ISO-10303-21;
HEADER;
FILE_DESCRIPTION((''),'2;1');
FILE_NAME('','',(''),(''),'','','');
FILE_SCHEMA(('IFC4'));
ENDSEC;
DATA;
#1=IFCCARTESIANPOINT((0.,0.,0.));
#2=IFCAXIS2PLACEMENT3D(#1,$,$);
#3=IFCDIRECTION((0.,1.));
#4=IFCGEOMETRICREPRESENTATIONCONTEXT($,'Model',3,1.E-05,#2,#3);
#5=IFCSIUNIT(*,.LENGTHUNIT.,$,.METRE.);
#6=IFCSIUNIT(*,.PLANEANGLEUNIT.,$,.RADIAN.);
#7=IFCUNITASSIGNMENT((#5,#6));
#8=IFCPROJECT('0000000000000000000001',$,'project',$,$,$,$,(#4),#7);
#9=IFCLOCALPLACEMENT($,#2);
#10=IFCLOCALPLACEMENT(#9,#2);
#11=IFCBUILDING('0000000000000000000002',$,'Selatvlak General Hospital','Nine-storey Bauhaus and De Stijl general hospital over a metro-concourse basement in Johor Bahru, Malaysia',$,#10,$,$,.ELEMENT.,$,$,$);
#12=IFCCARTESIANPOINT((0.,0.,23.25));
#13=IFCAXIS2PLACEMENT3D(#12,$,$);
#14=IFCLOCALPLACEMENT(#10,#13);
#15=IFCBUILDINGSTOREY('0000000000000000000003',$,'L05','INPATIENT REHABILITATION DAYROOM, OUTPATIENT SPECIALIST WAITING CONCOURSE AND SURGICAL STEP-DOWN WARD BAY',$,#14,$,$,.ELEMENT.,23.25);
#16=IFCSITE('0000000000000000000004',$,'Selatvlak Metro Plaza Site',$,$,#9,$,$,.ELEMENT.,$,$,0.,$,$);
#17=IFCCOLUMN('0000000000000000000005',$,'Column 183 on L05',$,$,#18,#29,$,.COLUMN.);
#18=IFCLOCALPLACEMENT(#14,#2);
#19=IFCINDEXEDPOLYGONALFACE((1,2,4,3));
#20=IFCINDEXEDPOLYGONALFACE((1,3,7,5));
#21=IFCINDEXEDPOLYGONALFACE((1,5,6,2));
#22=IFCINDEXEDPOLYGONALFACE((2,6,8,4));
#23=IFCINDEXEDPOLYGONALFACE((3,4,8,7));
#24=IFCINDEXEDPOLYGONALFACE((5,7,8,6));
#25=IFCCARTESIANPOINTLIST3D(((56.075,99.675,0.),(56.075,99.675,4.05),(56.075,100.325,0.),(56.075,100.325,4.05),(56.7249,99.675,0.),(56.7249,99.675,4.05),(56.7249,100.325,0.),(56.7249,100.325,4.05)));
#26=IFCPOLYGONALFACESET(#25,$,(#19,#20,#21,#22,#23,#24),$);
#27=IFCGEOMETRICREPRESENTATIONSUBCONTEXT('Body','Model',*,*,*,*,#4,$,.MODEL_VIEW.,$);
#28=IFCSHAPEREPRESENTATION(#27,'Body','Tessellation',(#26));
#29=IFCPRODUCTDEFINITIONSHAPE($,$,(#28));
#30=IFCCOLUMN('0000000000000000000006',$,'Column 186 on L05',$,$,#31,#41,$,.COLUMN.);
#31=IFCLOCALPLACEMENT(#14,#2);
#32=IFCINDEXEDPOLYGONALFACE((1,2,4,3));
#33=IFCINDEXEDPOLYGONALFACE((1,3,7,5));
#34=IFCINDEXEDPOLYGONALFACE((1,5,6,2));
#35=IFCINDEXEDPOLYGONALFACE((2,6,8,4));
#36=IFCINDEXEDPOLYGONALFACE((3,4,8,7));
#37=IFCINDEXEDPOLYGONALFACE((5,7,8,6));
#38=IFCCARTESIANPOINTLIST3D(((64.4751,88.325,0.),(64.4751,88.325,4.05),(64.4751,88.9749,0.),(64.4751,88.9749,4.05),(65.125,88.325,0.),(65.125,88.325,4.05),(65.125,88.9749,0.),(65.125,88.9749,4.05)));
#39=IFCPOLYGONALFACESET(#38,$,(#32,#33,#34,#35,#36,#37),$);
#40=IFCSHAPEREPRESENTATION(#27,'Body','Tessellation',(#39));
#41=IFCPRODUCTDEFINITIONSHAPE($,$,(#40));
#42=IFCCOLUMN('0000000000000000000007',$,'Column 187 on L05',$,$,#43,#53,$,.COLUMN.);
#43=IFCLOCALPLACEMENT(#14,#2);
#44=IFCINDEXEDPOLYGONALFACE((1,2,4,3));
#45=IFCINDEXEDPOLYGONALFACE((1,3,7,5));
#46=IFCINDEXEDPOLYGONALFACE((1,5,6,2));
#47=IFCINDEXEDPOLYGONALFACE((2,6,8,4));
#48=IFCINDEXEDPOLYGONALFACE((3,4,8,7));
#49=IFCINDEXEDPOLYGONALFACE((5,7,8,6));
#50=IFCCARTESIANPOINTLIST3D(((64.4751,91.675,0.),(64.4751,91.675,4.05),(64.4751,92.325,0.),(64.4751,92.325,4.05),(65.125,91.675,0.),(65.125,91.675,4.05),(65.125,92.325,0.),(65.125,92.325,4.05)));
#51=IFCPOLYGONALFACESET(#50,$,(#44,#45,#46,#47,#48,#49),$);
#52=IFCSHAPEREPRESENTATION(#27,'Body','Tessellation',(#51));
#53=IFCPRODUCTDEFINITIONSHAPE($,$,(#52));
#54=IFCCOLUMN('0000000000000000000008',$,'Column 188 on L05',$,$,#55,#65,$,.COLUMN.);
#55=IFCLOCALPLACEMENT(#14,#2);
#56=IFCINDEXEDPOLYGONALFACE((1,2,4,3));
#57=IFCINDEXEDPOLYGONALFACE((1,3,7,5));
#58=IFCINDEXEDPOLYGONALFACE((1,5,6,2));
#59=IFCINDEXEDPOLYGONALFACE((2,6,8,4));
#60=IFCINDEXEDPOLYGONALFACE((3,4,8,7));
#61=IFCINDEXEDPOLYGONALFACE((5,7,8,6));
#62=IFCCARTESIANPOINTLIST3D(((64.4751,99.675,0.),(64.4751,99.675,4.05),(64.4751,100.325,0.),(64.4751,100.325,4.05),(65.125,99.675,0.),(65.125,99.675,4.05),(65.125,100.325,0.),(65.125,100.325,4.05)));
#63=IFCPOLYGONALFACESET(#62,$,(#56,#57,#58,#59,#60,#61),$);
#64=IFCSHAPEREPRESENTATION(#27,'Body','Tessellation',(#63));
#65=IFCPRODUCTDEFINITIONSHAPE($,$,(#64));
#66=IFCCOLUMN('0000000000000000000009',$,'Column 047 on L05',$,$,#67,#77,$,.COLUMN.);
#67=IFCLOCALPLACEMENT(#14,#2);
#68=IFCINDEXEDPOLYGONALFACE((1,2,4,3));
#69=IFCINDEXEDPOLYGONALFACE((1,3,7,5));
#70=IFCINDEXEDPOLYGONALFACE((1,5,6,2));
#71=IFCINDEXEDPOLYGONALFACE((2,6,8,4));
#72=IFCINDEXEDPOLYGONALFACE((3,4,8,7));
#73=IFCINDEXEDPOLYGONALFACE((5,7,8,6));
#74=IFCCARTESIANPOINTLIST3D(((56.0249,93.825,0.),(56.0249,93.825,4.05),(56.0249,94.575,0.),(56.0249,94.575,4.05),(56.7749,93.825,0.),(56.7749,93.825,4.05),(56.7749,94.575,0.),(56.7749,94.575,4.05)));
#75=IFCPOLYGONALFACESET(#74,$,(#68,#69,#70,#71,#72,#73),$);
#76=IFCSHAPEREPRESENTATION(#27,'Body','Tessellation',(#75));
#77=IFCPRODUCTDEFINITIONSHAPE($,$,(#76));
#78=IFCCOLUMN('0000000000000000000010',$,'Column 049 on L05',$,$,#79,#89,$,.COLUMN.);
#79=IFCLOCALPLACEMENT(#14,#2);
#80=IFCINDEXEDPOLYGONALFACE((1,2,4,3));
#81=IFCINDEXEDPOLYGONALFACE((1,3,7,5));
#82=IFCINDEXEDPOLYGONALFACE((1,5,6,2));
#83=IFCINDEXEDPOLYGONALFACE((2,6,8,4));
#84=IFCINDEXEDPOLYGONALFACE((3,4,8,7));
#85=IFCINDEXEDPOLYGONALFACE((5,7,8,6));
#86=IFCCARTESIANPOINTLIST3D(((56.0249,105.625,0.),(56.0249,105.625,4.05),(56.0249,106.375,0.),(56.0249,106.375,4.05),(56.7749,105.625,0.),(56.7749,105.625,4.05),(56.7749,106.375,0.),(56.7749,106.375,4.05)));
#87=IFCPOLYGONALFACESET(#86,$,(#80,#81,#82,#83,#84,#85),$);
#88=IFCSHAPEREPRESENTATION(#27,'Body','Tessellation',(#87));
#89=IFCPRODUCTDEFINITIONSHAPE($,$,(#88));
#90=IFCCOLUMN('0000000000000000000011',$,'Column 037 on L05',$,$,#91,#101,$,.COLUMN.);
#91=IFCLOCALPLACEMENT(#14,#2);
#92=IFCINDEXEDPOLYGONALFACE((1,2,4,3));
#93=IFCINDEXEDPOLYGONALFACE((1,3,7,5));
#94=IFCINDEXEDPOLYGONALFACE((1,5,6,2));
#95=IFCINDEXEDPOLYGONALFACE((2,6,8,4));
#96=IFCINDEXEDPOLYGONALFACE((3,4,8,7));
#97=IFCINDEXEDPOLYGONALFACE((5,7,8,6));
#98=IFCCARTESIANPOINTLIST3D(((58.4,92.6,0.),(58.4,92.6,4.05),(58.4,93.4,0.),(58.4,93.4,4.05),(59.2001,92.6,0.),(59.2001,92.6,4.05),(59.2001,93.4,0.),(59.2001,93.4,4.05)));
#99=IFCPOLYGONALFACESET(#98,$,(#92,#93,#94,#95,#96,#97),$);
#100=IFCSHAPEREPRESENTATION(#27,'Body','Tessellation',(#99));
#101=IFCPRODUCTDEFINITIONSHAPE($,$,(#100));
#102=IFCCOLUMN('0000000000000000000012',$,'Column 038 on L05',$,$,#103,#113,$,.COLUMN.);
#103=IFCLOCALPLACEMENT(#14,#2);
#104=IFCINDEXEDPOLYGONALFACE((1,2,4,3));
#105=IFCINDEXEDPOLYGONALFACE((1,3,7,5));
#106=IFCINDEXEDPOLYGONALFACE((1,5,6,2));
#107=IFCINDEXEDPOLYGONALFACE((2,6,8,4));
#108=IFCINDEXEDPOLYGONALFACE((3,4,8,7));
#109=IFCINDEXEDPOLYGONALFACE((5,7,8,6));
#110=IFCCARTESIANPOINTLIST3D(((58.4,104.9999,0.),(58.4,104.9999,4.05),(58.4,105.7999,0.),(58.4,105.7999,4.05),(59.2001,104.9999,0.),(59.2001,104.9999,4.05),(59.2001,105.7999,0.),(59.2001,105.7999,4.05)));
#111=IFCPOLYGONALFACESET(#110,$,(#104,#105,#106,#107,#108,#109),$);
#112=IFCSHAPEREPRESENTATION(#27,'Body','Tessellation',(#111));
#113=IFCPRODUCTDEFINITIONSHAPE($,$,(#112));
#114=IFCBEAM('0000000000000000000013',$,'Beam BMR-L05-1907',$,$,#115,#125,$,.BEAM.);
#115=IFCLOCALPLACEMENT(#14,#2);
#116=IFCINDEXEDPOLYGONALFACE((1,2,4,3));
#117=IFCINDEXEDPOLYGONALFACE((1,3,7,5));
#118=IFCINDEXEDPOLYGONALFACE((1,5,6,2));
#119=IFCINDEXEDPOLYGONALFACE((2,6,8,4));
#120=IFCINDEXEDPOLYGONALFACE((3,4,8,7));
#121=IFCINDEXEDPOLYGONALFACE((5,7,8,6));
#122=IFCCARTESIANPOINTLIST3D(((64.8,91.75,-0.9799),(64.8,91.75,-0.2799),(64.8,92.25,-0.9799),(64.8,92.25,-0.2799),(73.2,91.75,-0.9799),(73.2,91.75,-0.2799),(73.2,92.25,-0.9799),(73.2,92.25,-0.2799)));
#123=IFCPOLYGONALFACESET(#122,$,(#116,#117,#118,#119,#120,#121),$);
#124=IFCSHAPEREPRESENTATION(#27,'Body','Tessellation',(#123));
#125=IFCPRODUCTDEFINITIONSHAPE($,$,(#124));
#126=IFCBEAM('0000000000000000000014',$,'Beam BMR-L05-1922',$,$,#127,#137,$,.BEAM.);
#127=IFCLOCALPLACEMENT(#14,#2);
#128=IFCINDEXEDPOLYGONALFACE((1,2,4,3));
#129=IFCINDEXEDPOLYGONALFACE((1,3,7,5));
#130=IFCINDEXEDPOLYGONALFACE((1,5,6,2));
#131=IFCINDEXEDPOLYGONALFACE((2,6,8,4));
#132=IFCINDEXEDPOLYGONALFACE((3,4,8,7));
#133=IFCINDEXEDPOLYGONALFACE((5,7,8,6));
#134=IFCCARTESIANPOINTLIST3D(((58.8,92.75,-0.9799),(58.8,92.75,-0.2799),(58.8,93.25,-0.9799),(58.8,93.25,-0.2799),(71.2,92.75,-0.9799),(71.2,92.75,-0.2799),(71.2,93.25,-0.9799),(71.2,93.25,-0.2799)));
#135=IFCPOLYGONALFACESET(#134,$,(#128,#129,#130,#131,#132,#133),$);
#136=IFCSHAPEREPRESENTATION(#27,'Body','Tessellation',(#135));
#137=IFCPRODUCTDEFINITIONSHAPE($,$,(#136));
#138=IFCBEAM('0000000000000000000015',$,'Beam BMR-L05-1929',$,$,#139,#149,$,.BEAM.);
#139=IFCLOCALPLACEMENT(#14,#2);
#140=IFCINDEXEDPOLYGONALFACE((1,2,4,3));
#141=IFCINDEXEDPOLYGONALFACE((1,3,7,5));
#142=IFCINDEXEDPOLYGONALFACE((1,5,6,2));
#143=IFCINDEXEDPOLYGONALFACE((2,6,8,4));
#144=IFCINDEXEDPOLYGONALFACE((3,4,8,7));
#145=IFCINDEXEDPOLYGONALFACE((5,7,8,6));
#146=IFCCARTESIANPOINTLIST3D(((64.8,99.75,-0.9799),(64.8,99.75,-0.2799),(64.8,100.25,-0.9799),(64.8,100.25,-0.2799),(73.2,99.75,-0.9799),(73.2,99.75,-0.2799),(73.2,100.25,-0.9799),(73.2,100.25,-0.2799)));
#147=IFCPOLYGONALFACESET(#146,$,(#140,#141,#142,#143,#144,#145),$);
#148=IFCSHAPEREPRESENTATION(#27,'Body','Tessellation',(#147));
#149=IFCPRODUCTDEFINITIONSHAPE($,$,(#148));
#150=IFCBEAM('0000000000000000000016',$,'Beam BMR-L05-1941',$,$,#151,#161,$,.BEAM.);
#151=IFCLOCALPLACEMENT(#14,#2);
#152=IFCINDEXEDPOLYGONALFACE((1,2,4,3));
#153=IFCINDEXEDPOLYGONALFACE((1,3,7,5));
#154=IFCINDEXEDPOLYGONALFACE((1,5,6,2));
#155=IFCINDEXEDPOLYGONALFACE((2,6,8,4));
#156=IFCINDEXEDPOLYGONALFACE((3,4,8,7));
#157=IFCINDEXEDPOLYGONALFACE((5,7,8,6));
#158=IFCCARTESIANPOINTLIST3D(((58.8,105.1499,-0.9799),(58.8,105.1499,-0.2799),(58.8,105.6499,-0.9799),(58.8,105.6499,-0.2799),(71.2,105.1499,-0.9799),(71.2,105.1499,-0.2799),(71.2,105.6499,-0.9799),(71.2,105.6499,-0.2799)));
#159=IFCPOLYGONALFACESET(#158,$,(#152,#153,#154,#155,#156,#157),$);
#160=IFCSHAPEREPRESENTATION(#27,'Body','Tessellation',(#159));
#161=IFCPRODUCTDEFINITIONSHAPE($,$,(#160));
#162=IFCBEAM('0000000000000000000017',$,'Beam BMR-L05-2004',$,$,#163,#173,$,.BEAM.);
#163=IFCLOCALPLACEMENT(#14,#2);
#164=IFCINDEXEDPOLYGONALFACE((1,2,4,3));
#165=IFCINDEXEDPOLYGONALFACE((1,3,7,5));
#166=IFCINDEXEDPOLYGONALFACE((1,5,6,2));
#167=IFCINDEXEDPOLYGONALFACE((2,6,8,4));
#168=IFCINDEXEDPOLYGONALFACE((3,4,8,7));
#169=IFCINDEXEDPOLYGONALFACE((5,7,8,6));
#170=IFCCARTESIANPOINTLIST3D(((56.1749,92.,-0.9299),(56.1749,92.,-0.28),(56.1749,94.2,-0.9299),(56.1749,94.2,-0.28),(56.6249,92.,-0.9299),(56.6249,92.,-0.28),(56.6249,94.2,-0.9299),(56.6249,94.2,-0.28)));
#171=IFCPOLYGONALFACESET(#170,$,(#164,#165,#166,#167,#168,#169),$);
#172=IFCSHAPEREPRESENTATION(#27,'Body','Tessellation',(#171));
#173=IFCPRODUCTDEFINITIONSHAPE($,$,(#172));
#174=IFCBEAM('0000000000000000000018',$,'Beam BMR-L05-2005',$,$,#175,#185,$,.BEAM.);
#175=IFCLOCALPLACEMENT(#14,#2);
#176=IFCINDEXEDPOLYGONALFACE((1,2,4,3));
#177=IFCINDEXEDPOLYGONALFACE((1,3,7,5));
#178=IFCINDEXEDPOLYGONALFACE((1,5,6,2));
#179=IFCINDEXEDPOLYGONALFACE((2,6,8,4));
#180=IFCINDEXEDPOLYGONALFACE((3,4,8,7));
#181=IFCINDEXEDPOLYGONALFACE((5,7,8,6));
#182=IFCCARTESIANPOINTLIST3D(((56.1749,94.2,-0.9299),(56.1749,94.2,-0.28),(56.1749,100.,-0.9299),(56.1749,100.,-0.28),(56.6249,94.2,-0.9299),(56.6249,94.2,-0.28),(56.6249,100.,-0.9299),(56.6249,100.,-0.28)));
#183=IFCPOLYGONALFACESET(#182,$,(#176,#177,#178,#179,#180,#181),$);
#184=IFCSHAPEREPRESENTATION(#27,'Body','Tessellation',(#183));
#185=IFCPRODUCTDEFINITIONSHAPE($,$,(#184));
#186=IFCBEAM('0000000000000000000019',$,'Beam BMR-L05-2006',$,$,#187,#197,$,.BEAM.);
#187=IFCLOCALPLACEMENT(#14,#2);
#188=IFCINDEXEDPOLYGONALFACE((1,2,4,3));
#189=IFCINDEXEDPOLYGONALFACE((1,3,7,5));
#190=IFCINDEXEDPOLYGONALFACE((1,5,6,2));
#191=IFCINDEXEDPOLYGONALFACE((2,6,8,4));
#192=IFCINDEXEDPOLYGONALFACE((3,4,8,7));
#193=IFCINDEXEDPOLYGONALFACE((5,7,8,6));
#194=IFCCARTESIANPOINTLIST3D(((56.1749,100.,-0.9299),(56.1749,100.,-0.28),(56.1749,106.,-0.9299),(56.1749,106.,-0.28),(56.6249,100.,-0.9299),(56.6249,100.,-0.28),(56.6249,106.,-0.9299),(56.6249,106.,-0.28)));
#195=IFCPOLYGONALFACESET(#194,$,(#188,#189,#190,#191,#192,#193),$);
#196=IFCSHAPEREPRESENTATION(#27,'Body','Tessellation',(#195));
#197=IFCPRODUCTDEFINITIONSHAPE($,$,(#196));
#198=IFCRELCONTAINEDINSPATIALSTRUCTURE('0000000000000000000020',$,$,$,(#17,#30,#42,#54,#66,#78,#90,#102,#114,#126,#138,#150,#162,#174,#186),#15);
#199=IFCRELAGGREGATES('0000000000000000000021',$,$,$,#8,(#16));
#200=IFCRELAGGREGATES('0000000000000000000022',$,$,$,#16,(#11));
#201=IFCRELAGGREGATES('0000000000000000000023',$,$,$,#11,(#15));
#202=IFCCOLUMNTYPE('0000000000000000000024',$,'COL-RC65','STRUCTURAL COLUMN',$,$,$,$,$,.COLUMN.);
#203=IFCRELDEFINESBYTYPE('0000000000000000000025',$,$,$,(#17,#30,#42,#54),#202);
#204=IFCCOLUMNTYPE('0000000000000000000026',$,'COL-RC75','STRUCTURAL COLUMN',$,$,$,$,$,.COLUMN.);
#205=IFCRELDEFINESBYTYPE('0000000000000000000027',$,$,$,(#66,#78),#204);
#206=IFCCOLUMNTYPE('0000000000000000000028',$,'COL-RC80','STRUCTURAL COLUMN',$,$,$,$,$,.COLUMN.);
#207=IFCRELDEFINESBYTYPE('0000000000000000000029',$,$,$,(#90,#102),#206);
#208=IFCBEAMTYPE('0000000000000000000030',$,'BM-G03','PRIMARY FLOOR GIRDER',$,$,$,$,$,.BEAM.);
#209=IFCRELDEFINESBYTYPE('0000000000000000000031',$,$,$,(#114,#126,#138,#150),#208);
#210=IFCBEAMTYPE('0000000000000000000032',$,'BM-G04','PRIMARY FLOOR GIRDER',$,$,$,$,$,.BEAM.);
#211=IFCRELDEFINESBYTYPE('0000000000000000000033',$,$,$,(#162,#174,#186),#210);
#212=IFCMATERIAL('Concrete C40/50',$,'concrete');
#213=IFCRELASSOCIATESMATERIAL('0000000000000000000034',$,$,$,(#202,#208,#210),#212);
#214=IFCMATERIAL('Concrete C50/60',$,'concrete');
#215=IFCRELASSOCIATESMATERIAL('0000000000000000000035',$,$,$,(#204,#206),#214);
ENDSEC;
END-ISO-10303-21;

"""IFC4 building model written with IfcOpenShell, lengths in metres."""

from ifc_helpers import new_model, si_unit, direction, frame, origin, origin_2d, place, context, subcontext, project, spatial, rectangle, extrude, material, material_profile, profile_set, type_object, element, save


model = new_model("IFC4")

# Units and contexts
model_context = context("Model", 3, precision=1e-05, world=origin(), true_north=direction((0.0, 1.0)))
body_context = subcontext(model_context, "Body", "Model", "MODEL_VIEW")
ifc_project = project(units=[si_unit("LENGTHUNIT", "METRE"), si_unit("PLANEANGLEUNIT", "RADIAN")], contexts=[model_context])

# Site, building, storey
site_placement = place(None, origin())
site = spatial("IfcSite", under=ifc_project, at=site_placement, Name="Selatvlak Metro Plaza Site", CompositionType="ELEMENT", RefElevation=0.0)
building_placement = place(site_placement, origin())
building = spatial("IfcBuilding", under=site, at=building_placement, Name="Selatvlak General Hospital", Description="Nine-storey Bauhaus and De Stijl general hospital over a metro-concourse basement in Johor Bahru, Malaysia", CompositionType="ELEMENT")
storey_placement = place(building_placement, frame((0.0, 0.0, 23.25)))
storey = spatial("IfcBuildingStorey", under=building, at=storey_placement, Name="L05", Description="INPATIENT REHABILITATION DAYROOM, OUTPATIENT SPECIALIST WAITING CONCOURSE AND SURGICAL STEP-DOWN WARD BAY", CompositionType="ELEMENT", Elevation=23.25)

# Columns
ifc_material_1 = material(Name="Concrete C40/50", Category="concrete")
ifc_material_profile_1 = material_profile(ifc_material_1, rectangle(XDim=0.6499, YDim=0.6499, at=origin_2d()), Name="RC-COL 650x650")
ifc_profile_set_1 = profile_set([ifc_material_profile_1], Name="Concrete C40/50")
column_type_1 = type_object("IfcColumnType", Name="COL-RC65", Description="STRUCTURAL COLUMN", PredefinedType="COLUMN", material=ifc_profile_set_1)
for number, where, z_axis, x_axis, name in (
    (1, (56.3999, 100.0, 0.0), (0.0, 0.0, 1.0), (1.0, 0.0, 0.0), "Column 183 on L05"),
    (2, (64.8, 88.6499, 0.0), (0.0, 0.0, 1.0), (1.0, 0.0, 0.0), "Column 186 on L05"),
    (3, (64.8, 92.0, 0.0), (0.0, 0.0, 1.0), (1.0, 0.0, 0.0), "Column 187 on L05"),
    (4, (64.8, 100.0, 0.0), (0.0, 0.0, 1.0), (1.0, 0.0, 0.0), "Column 188 on L05"),
):
    element("IfcColumn", number, at=place(storey_placement, frame(where, z_axis=z_axis, x_axis=x_axis)), inside=storey, type_object=column_type_1, Name=name, PredefinedType="COLUMN", context=body_context, shape_type="SweptSolid", body=[
        extrude(rectangle(XDim=0.6499, YDim=0.6499, at=origin_2d()), origin(), (0.0, 0.0, 1.0), 4.05),
    ])
ifc_material_2 = material(Name="Concrete C50/60", Category="concrete")
ifc_material_profile_2 = material_profile(ifc_material_2, rectangle(XDim=0.75, YDim=0.75, at=origin_2d()), Name="RC-COL 750x750")
ifc_profile_set_2 = profile_set([ifc_material_profile_2], Name="Concrete C50/60")
column_type_2 = type_object("IfcColumnType", Name="COL-RC75", Description="STRUCTURAL COLUMN", PredefinedType="COLUMN", material=ifc_profile_set_2)
for number, where, z_axis, x_axis, name in (
    (5, (56.3999, 94.2, 0.0), (0.0, 0.0, 1.0), (1.0, 0.0, 0.0), "Column 047 on L05"),
    (6, (56.3999, 106.0, 0.0), (0.0, 0.0, 1.0), (1.0, 0.0, 0.0), "Column 049 on L05"),
):
    element("IfcColumn", number, at=place(storey_placement, frame(where, z_axis=z_axis, x_axis=x_axis)), inside=storey, type_object=column_type_2, Name=name, PredefinedType="COLUMN", context=body_context, shape_type="SweptSolid", body=[
        extrude(rectangle(XDim=0.75, YDim=0.75, at=origin_2d()), origin(), (0.0, 0.0, 1.0), 4.05),
    ])
ifc_material_profile_3 = material_profile(ifc_material_2, rectangle(XDim=0.8, YDim=0.8, at=origin_2d()), Name="RC-COL 800x800")
ifc_profile_set_3 = profile_set([ifc_material_profile_3], Name="Concrete C50/60")
column_type_3 = type_object("IfcColumnType", Name="COL-RC80", Description="STRUCTURAL COLUMN", PredefinedType="COLUMN", material=ifc_profile_set_3)
for number, where, z_axis, x_axis, name in (
    (7, (58.8, 93.0, 0.0), (0.0, 0.0, 1.0), (1.0, 0.0, 0.0), "Column 037 on L05"),
    (8, (58.8, 105.3999, 0.0), (0.0, 0.0, 1.0), (1.0, 0.0, 0.0), "Column 038 on L05"),
):
    element("IfcColumn", number, at=place(storey_placement, frame(where, z_axis=z_axis, x_axis=x_axis)), inside=storey, type_object=column_type_3, Name=name, PredefinedType="COLUMN", context=body_context, shape_type="SweptSolid", body=[
        extrude(rectangle(XDim=0.8, YDim=0.8, at=origin_2d()), origin(), (0.0, 0.0, 1.0), 4.05),
    ])

# Beams
ifc_material_profile_4 = material_profile(ifc_material_1, rectangle(XDim=0.5, YDim=0.7, at=origin_2d()), Name="RC-BM 500x700")
ifc_profile_set_4 = profile_set([ifc_material_profile_4], Name="Concrete C40/50")
beam_type_1 = type_object("IfcBeamType", Name="BM-G03", Description="PRIMARY FLOOR GIRDER", PredefinedType="BEAM", material=ifc_profile_set_4)
beam_1_placement = place(storey_placement, frame((64.8, 92.0, -0.6299), z_axis=(1.0, 0.0, 0.0), x_axis=(0.0, 1.0, 0.0)))
element("IfcBeam", 9, at=beam_1_placement, inside=storey, type_object=beam_type_1, Name="Beam BMR-L05-1907", PredefinedType="BEAM", context=body_context, shape_type="SweptSolid", body=[
    extrude(rectangle(XDim=0.5, YDim=0.7, at=origin_2d()), origin(), (0.0, 0.0, 1.0), 8.3999),
])
beam_2_placement = place(storey_placement, frame((58.8, 93.0, -0.6299), z_axis=(1.0, 0.0, 0.0), x_axis=(0.0, 1.0, 0.0)))
element("IfcBeam", 10, at=beam_2_placement, inside=storey, type_object=beam_type_1, Name="Beam BMR-L05-1922", PredefinedType="BEAM", context=body_context, shape_type="SweptSolid", body=[
    extrude(rectangle(XDim=0.5, YDim=0.7, at=origin_2d()), origin(), (0.0, 0.0, 1.0), 12.3999),
])
beam_3_placement = place(storey_placement, frame((64.8, 100.0, -0.6299), z_axis=(1.0, 0.0, 0.0), x_axis=(0.0, 1.0, 0.0)))
element("IfcBeam", 11, at=beam_3_placement, inside=storey, type_object=beam_type_1, Name="Beam BMR-L05-1929", PredefinedType="BEAM", context=body_context, shape_type="SweptSolid", body=[
    extrude(rectangle(XDim=0.5, YDim=0.7, at=origin_2d()), origin(), (0.0, 0.0, 1.0), 8.3999),
])
beam_4_placement = place(storey_placement, frame((58.8, 105.3999, -0.6299), z_axis=(1.0, 0.0, 0.0), x_axis=(0.0, 1.0, 0.0)))
element("IfcBeam", 12, at=beam_4_placement, inside=storey, type_object=beam_type_1, Name="Beam BMR-L05-1941", PredefinedType="BEAM", context=body_context, shape_type="SweptSolid", body=[
    extrude(rectangle(XDim=0.5, YDim=0.7, at=origin_2d()), origin(), (0.0, 0.0, 1.0), 12.3999),
])
ifc_material_profile_5 = material_profile(ifc_material_1, rectangle(XDim=0.45, YDim=0.6499, at=origin_2d()), Name="RC-BM 450x650")
ifc_profile_set_5 = profile_set([ifc_material_profile_5], Name="Concrete C40/50")
beam_type_2 = type_object("IfcBeamType", Name="BM-G04", Description="PRIMARY FLOOR GIRDER", PredefinedType="BEAM", material=ifc_profile_set_5)
beam_5_placement = place(storey_placement, frame((56.3999, 92.0, -0.605), z_axis=(0.0, 1.0, 0.0), x_axis=(-1.0, 0.0, 0.0)))
element("IfcBeam", 13, at=beam_5_placement, inside=storey, type_object=beam_type_2, Name="Beam BMR-L05-2004", PredefinedType="BEAM", context=body_context, shape_type="SweptSolid", body=[
    extrude(rectangle(XDim=0.45, YDim=0.6499, at=origin_2d()), origin(), (0.0, 0.0, 1.0), 2.2),
])
beam_6_placement = place(storey_placement, frame((56.3999, 94.2, -0.605), z_axis=(0.0, 1.0, 0.0), x_axis=(-1.0, 0.0, 0.0)))
element("IfcBeam", 14, at=beam_6_placement, inside=storey, type_object=beam_type_2, Name="Beam BMR-L05-2005", PredefinedType="BEAM", context=body_context, shape_type="SweptSolid", body=[
    extrude(rectangle(XDim=0.45, YDim=0.6499, at=origin_2d()), origin(), (0.0, 0.0, 1.0), 5.8),
])
beam_7_placement = place(storey_placement, frame((56.3999, 100.0, -0.605), z_axis=(0.0, 1.0, 0.0), x_axis=(-1.0, 0.0, 0.0)))
element("IfcBeam", 15, at=beam_7_placement, inside=storey, type_object=beam_type_2, Name="Beam BMR-L05-2006", PredefinedType="BEAM", context=body_context, shape_type="SweptSolid", body=[
    extrude(rectangle(XDim=0.45, YDim=0.6499, at=origin_2d()), origin(), (0.0, 0.0, 1.0), 6.0),
])

save(model, "model.ifc")
